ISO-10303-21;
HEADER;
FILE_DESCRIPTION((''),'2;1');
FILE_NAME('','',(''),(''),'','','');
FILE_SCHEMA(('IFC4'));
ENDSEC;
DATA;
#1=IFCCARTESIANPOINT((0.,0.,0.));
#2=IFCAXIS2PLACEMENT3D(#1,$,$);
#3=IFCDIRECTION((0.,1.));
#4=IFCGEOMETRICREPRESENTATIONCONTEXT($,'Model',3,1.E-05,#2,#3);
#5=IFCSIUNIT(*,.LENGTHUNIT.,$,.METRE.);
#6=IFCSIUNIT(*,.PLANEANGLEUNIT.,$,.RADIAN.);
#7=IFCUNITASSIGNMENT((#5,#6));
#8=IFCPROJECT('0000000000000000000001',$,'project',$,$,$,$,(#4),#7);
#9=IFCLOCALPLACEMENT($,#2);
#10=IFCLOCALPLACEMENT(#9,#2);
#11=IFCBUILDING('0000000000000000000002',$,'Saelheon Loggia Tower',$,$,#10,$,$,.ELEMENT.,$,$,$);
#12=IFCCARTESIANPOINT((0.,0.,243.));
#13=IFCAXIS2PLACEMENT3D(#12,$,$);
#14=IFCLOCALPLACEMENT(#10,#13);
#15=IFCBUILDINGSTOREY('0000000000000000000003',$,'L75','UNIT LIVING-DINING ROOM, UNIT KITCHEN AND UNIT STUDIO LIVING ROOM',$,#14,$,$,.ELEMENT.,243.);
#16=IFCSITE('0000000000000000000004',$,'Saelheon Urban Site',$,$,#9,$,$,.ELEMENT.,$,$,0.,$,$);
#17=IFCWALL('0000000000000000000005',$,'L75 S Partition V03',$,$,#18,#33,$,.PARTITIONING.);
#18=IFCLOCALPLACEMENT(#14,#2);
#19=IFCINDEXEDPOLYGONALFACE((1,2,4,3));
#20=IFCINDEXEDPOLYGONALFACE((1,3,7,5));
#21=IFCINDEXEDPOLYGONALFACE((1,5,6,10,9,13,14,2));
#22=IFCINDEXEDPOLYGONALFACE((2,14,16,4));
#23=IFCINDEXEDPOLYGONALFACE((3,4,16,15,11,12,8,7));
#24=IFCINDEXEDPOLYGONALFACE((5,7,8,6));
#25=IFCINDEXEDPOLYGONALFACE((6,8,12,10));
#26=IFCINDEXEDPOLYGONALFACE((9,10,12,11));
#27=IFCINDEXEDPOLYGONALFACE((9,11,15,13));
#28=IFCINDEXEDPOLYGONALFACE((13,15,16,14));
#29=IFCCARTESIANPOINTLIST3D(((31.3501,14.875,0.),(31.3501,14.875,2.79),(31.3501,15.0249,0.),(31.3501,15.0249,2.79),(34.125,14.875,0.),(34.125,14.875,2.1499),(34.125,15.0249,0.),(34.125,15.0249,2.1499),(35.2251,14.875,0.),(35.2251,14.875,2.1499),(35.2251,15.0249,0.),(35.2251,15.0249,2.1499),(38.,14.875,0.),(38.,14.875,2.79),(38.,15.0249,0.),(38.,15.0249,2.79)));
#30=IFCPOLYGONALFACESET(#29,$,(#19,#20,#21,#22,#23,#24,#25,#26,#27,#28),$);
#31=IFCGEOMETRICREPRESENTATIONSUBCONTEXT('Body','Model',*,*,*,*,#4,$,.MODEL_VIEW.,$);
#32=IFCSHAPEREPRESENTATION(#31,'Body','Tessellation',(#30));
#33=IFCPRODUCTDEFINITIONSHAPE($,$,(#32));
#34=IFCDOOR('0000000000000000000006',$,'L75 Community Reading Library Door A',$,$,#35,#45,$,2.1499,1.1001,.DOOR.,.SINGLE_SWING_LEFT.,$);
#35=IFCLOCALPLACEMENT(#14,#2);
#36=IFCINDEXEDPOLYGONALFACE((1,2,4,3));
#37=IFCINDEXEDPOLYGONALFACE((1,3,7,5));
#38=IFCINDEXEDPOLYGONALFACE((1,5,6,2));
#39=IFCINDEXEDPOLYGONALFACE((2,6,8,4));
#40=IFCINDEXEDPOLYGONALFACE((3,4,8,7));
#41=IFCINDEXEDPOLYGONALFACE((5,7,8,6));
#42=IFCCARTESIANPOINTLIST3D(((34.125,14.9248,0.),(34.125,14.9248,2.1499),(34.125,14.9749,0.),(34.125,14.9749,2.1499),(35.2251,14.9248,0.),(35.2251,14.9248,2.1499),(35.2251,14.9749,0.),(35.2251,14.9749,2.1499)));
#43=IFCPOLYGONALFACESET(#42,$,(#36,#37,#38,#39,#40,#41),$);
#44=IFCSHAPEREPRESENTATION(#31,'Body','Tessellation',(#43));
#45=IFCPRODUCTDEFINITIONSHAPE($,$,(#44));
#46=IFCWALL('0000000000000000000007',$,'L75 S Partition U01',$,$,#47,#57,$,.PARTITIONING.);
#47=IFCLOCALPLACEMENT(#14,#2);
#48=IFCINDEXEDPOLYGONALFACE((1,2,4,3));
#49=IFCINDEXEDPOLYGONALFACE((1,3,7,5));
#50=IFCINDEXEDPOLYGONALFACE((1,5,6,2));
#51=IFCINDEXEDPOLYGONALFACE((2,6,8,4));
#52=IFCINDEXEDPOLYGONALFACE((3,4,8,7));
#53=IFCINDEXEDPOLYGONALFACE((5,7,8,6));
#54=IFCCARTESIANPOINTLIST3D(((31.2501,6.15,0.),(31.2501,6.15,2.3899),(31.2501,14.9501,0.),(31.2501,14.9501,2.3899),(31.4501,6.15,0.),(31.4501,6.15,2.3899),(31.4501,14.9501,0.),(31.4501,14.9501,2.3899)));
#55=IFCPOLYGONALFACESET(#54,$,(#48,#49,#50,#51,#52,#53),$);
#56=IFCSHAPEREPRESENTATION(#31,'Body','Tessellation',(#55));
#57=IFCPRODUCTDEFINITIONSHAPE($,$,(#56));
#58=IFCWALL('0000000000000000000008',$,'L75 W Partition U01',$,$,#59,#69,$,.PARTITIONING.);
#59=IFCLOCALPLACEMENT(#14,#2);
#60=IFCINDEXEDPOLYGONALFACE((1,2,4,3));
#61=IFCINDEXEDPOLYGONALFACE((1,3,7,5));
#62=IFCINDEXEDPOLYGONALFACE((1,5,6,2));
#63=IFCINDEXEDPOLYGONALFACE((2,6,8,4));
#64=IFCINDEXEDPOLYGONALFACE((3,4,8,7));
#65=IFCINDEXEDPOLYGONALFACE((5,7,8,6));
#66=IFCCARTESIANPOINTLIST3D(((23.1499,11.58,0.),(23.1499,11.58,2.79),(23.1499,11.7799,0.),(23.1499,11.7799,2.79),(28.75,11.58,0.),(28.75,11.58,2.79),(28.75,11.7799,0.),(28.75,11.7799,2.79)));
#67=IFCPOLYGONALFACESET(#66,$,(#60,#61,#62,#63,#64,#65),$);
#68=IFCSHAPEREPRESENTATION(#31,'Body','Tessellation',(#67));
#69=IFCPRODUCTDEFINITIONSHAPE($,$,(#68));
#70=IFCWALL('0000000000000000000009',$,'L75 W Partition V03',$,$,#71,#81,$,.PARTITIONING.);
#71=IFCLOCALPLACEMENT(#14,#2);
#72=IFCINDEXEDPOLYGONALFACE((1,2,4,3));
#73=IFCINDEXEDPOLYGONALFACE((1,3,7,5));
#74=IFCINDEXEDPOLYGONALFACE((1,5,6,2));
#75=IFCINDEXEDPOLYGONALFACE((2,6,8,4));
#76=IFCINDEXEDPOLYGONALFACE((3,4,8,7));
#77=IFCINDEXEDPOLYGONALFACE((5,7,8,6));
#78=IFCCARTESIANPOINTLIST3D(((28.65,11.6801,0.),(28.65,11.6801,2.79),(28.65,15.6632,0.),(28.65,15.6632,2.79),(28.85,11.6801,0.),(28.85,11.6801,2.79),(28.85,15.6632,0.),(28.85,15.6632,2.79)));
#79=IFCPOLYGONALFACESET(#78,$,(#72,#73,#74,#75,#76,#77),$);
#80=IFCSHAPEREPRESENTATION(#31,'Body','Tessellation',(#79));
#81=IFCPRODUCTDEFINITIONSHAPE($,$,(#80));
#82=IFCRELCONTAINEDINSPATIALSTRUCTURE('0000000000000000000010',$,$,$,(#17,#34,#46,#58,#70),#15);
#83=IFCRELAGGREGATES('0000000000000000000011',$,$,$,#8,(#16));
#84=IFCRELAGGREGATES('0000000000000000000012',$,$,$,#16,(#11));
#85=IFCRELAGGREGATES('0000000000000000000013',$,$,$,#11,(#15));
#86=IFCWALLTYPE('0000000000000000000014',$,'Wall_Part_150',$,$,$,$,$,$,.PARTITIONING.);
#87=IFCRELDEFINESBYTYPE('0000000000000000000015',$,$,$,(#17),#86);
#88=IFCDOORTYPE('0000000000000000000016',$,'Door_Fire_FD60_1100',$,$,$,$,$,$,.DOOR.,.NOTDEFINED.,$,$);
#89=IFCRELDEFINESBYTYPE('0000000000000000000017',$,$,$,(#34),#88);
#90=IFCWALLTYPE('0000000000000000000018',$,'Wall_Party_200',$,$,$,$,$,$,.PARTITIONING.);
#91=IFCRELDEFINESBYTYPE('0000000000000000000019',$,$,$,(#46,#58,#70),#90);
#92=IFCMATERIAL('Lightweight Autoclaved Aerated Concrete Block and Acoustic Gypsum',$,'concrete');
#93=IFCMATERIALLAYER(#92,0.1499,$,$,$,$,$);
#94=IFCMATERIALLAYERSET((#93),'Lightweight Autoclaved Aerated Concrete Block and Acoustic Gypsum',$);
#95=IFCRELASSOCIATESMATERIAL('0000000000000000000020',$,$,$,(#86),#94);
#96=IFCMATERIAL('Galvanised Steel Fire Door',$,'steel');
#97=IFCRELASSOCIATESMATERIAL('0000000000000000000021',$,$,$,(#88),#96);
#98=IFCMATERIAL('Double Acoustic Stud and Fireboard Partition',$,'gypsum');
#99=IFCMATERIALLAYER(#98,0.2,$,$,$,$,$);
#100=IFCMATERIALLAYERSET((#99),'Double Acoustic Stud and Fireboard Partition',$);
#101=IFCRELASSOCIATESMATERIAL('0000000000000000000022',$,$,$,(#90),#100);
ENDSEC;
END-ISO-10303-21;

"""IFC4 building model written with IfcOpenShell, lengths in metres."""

from ifc_helpers import new_model, si_unit, direction, frame, frame_2d, origin, place, context, subcontext, project, spatial, rectangle, extrude, source, transform, mapped, material, layer, layer_set, type_object, element, fill, save


model = new_model("IFC4")

# Units and contexts
model_context = context("Model", 3, precision=1e-05, world=origin(), true_north=direction((0.0, 1.0)))
body_context = subcontext(model_context, "Body", "Model", "MODEL_VIEW")
ifc_project = project(units=[si_unit("LENGTHUNIT", "METRE"), si_unit("PLANEANGLEUNIT", "RADIAN")], contexts=[model_context])

# Site, building, storey
site_placement = place(None, origin())
site = spatial("IfcSite", under=ifc_project, at=site_placement, Name="Saelheon Urban Site", CompositionType="ELEMENT", RefElevation=0.0)
building_placement = place(site_placement, origin())
building = spatial("IfcBuilding", under=site, at=building_placement, Name="Saelheon Loggia Tower", CompositionType="ELEMENT")
storey_placement = place(building_placement, frame((0.0, 0.0, 243.0)))
storey = spatial("IfcBuildingStorey", under=building, at=storey_placement, Name="L75", Description="UNIT LIVING-DINING ROOM, UNIT KITCHEN AND UNIT STUDIO LIVING ROOM", CompositionType="ELEMENT", Elevation=243.0)

# Shared definitions
shared_shape_1 = source(origin(), body_context, "Body", "SweptSolid", [
    extrude(rectangle(XDim=1.1001, YDim=2.1499, at=frame_2d((0.55, 1.075))), frame((0.0, 0.0249, 0.0), z_axis=(0.0, -1.0, 0.0), x_axis=(1.0, 0.0, 0.0)), (0.0, 0.0, 1.0), 0.05),
])

# Wall, opening, door
ifc_material_1 = material(Name="Lightweight Autoclaved Aerated Concrete Block and Acoustic Gypsum", Category="concrete")
ifc_layer_1 = layer(ifc_material_1, 0.1499)
ifc_layer_set_1 = layer_set([ifc_layer_1], Name="Lightweight Autoclaved Aerated Concrete Block and Acoustic Gypsum")
wall_type_1 = type_object("IfcWallType", Name="Wall_Part_150", PredefinedType="PARTITIONING", material=ifc_layer_set_1)
wall_1_placement = place(storey_placement, frame((31.3501, 14.95, 0.0), z_axis=(0.0, 0.0, 1.0), x_axis=(1.0, 0.0, 0.0)))
wall_1 = element("IfcWall", 1, at=wall_1_placement, inside=storey, type_object=wall_type_1, Name="L75 S Partition V03", PredefinedType="PARTITIONING", context=body_context, shape_type="SweptSolid", body=[
    extrude(rectangle(XDim=6.6499, YDim=0.1499, at=frame_2d((3.325, 0.0))), origin(), (0.0, 0.0, 1.0), 2.79),
])
opening_1_placement = place(wall_1_placement, frame((2.7749, 0.0, 0.0)))
opening_1 = element("IfcOpeningElement", 2, at=opening_1_placement, cuts=wall_1, PredefinedType="OPENING", context=body_context, shape_type="SweptSolid", body=[
    extrude(rectangle(XDim=1.1001, YDim=2.1499, at=frame_2d((0.55, 1.075))), frame((0.0, 0.0869, 0.0), z_axis=(0.0, -1.0, 0.0), x_axis=(1.0, 0.0, 0.0)), (0.0, 0.0, 1.0), 0.1738),
])
ifc_material_2 = material(Name="Galvanised Steel Fire Door", Category="steel")
door_type_1 = type_object("IfcDoorType", Name="Door_Fire_FD60_1100", OperationType="NOTDEFINED", PredefinedType="DOOR", material=ifc_material_2)
door_1_placement = place(opening_1_placement, origin())
door_1 = element("IfcDoor", 3, at=door_1_placement, inside=storey, type_object=door_type_1, Name="L75 Community Reading Library Door A", OperationType="SINGLE_SWING_LEFT", OverallHeight=2.1499, OverallWidth=1.1001, PredefinedType="DOOR", context=body_context, shape_type="MappedRepresentation", body=[
    mapped(shared_shape_1, transform((0.0, 0.0, 0.0), scale=1.0)),
])
fill(opening_1, door_1)

# Walls
ifc_material_3 = material(Name="Double Acoustic Stud and Fireboard Partition", Category="gypsum")
ifc_layer_2 = layer(ifc_material_3, 0.2)
ifc_layer_set_2 = layer_set([ifc_layer_2], Name="Double Acoustic Stud and Fireboard Partition")
wall_type_2 = type_object("IfcWallType", Name="Wall_Party_200", PredefinedType="PARTITIONING", material=ifc_layer_set_2)
wall_2_placement = place(storey_placement, frame((31.3501, 14.95, 0.0), z_axis=(0.0, 0.0, 1.0), x_axis=(0.0, -1.0, 0.0)))
element("IfcWall", 4, at=wall_2_placement, inside=storey, type_object=wall_type_2, Name="L75 S Partition U01", PredefinedType="PARTITIONING", context=body_context, shape_type="SweptSolid", body=[
    extrude(rectangle(XDim=8.8, YDim=0.2, at=frame_2d((4.3999, 0.0))), origin(), (0.0, 0.0, 1.0), 2.3899),
])
wall_3_placement = place(storey_placement, frame((28.75, 11.6799, 0.0), z_axis=(0.0, 0.0, 1.0), x_axis=(-1.0, 0.0, 0.0)))
element("IfcWall", 5, at=wall_3_placement, inside=storey, type_object=wall_type_2, Name="L75 W Partition U01", PredefinedType="PARTITIONING", context=body_context, shape_type="SweptSolid", body=[
    extrude(rectangle(XDim=5.6001, YDim=0.2, at=frame_2d((2.8, 0.0))), origin(), (0.0, 0.0, 1.0), 2.79),
])
wall_4_placement = place(storey_placement, frame((28.75, 11.6799, 0.0), z_axis=(0.0, 0.0, 1.0), x_axis=(0.0, 1.0, 0.0)))
element("IfcWall", 6, at=wall_4_placement, inside=storey, type_object=wall_type_2, Name="L75 W Partition V03", PredefinedType="PARTITIONING", context=body_context, shape_type="SweptSolid", body=[
    extrude(rectangle(XDim=3.9832, YDim=0.2, at=frame_2d((1.9917, 0.0))), origin(), (0.0, 0.0, 1.0), 2.79),
])

save(model, "model.ifc")
